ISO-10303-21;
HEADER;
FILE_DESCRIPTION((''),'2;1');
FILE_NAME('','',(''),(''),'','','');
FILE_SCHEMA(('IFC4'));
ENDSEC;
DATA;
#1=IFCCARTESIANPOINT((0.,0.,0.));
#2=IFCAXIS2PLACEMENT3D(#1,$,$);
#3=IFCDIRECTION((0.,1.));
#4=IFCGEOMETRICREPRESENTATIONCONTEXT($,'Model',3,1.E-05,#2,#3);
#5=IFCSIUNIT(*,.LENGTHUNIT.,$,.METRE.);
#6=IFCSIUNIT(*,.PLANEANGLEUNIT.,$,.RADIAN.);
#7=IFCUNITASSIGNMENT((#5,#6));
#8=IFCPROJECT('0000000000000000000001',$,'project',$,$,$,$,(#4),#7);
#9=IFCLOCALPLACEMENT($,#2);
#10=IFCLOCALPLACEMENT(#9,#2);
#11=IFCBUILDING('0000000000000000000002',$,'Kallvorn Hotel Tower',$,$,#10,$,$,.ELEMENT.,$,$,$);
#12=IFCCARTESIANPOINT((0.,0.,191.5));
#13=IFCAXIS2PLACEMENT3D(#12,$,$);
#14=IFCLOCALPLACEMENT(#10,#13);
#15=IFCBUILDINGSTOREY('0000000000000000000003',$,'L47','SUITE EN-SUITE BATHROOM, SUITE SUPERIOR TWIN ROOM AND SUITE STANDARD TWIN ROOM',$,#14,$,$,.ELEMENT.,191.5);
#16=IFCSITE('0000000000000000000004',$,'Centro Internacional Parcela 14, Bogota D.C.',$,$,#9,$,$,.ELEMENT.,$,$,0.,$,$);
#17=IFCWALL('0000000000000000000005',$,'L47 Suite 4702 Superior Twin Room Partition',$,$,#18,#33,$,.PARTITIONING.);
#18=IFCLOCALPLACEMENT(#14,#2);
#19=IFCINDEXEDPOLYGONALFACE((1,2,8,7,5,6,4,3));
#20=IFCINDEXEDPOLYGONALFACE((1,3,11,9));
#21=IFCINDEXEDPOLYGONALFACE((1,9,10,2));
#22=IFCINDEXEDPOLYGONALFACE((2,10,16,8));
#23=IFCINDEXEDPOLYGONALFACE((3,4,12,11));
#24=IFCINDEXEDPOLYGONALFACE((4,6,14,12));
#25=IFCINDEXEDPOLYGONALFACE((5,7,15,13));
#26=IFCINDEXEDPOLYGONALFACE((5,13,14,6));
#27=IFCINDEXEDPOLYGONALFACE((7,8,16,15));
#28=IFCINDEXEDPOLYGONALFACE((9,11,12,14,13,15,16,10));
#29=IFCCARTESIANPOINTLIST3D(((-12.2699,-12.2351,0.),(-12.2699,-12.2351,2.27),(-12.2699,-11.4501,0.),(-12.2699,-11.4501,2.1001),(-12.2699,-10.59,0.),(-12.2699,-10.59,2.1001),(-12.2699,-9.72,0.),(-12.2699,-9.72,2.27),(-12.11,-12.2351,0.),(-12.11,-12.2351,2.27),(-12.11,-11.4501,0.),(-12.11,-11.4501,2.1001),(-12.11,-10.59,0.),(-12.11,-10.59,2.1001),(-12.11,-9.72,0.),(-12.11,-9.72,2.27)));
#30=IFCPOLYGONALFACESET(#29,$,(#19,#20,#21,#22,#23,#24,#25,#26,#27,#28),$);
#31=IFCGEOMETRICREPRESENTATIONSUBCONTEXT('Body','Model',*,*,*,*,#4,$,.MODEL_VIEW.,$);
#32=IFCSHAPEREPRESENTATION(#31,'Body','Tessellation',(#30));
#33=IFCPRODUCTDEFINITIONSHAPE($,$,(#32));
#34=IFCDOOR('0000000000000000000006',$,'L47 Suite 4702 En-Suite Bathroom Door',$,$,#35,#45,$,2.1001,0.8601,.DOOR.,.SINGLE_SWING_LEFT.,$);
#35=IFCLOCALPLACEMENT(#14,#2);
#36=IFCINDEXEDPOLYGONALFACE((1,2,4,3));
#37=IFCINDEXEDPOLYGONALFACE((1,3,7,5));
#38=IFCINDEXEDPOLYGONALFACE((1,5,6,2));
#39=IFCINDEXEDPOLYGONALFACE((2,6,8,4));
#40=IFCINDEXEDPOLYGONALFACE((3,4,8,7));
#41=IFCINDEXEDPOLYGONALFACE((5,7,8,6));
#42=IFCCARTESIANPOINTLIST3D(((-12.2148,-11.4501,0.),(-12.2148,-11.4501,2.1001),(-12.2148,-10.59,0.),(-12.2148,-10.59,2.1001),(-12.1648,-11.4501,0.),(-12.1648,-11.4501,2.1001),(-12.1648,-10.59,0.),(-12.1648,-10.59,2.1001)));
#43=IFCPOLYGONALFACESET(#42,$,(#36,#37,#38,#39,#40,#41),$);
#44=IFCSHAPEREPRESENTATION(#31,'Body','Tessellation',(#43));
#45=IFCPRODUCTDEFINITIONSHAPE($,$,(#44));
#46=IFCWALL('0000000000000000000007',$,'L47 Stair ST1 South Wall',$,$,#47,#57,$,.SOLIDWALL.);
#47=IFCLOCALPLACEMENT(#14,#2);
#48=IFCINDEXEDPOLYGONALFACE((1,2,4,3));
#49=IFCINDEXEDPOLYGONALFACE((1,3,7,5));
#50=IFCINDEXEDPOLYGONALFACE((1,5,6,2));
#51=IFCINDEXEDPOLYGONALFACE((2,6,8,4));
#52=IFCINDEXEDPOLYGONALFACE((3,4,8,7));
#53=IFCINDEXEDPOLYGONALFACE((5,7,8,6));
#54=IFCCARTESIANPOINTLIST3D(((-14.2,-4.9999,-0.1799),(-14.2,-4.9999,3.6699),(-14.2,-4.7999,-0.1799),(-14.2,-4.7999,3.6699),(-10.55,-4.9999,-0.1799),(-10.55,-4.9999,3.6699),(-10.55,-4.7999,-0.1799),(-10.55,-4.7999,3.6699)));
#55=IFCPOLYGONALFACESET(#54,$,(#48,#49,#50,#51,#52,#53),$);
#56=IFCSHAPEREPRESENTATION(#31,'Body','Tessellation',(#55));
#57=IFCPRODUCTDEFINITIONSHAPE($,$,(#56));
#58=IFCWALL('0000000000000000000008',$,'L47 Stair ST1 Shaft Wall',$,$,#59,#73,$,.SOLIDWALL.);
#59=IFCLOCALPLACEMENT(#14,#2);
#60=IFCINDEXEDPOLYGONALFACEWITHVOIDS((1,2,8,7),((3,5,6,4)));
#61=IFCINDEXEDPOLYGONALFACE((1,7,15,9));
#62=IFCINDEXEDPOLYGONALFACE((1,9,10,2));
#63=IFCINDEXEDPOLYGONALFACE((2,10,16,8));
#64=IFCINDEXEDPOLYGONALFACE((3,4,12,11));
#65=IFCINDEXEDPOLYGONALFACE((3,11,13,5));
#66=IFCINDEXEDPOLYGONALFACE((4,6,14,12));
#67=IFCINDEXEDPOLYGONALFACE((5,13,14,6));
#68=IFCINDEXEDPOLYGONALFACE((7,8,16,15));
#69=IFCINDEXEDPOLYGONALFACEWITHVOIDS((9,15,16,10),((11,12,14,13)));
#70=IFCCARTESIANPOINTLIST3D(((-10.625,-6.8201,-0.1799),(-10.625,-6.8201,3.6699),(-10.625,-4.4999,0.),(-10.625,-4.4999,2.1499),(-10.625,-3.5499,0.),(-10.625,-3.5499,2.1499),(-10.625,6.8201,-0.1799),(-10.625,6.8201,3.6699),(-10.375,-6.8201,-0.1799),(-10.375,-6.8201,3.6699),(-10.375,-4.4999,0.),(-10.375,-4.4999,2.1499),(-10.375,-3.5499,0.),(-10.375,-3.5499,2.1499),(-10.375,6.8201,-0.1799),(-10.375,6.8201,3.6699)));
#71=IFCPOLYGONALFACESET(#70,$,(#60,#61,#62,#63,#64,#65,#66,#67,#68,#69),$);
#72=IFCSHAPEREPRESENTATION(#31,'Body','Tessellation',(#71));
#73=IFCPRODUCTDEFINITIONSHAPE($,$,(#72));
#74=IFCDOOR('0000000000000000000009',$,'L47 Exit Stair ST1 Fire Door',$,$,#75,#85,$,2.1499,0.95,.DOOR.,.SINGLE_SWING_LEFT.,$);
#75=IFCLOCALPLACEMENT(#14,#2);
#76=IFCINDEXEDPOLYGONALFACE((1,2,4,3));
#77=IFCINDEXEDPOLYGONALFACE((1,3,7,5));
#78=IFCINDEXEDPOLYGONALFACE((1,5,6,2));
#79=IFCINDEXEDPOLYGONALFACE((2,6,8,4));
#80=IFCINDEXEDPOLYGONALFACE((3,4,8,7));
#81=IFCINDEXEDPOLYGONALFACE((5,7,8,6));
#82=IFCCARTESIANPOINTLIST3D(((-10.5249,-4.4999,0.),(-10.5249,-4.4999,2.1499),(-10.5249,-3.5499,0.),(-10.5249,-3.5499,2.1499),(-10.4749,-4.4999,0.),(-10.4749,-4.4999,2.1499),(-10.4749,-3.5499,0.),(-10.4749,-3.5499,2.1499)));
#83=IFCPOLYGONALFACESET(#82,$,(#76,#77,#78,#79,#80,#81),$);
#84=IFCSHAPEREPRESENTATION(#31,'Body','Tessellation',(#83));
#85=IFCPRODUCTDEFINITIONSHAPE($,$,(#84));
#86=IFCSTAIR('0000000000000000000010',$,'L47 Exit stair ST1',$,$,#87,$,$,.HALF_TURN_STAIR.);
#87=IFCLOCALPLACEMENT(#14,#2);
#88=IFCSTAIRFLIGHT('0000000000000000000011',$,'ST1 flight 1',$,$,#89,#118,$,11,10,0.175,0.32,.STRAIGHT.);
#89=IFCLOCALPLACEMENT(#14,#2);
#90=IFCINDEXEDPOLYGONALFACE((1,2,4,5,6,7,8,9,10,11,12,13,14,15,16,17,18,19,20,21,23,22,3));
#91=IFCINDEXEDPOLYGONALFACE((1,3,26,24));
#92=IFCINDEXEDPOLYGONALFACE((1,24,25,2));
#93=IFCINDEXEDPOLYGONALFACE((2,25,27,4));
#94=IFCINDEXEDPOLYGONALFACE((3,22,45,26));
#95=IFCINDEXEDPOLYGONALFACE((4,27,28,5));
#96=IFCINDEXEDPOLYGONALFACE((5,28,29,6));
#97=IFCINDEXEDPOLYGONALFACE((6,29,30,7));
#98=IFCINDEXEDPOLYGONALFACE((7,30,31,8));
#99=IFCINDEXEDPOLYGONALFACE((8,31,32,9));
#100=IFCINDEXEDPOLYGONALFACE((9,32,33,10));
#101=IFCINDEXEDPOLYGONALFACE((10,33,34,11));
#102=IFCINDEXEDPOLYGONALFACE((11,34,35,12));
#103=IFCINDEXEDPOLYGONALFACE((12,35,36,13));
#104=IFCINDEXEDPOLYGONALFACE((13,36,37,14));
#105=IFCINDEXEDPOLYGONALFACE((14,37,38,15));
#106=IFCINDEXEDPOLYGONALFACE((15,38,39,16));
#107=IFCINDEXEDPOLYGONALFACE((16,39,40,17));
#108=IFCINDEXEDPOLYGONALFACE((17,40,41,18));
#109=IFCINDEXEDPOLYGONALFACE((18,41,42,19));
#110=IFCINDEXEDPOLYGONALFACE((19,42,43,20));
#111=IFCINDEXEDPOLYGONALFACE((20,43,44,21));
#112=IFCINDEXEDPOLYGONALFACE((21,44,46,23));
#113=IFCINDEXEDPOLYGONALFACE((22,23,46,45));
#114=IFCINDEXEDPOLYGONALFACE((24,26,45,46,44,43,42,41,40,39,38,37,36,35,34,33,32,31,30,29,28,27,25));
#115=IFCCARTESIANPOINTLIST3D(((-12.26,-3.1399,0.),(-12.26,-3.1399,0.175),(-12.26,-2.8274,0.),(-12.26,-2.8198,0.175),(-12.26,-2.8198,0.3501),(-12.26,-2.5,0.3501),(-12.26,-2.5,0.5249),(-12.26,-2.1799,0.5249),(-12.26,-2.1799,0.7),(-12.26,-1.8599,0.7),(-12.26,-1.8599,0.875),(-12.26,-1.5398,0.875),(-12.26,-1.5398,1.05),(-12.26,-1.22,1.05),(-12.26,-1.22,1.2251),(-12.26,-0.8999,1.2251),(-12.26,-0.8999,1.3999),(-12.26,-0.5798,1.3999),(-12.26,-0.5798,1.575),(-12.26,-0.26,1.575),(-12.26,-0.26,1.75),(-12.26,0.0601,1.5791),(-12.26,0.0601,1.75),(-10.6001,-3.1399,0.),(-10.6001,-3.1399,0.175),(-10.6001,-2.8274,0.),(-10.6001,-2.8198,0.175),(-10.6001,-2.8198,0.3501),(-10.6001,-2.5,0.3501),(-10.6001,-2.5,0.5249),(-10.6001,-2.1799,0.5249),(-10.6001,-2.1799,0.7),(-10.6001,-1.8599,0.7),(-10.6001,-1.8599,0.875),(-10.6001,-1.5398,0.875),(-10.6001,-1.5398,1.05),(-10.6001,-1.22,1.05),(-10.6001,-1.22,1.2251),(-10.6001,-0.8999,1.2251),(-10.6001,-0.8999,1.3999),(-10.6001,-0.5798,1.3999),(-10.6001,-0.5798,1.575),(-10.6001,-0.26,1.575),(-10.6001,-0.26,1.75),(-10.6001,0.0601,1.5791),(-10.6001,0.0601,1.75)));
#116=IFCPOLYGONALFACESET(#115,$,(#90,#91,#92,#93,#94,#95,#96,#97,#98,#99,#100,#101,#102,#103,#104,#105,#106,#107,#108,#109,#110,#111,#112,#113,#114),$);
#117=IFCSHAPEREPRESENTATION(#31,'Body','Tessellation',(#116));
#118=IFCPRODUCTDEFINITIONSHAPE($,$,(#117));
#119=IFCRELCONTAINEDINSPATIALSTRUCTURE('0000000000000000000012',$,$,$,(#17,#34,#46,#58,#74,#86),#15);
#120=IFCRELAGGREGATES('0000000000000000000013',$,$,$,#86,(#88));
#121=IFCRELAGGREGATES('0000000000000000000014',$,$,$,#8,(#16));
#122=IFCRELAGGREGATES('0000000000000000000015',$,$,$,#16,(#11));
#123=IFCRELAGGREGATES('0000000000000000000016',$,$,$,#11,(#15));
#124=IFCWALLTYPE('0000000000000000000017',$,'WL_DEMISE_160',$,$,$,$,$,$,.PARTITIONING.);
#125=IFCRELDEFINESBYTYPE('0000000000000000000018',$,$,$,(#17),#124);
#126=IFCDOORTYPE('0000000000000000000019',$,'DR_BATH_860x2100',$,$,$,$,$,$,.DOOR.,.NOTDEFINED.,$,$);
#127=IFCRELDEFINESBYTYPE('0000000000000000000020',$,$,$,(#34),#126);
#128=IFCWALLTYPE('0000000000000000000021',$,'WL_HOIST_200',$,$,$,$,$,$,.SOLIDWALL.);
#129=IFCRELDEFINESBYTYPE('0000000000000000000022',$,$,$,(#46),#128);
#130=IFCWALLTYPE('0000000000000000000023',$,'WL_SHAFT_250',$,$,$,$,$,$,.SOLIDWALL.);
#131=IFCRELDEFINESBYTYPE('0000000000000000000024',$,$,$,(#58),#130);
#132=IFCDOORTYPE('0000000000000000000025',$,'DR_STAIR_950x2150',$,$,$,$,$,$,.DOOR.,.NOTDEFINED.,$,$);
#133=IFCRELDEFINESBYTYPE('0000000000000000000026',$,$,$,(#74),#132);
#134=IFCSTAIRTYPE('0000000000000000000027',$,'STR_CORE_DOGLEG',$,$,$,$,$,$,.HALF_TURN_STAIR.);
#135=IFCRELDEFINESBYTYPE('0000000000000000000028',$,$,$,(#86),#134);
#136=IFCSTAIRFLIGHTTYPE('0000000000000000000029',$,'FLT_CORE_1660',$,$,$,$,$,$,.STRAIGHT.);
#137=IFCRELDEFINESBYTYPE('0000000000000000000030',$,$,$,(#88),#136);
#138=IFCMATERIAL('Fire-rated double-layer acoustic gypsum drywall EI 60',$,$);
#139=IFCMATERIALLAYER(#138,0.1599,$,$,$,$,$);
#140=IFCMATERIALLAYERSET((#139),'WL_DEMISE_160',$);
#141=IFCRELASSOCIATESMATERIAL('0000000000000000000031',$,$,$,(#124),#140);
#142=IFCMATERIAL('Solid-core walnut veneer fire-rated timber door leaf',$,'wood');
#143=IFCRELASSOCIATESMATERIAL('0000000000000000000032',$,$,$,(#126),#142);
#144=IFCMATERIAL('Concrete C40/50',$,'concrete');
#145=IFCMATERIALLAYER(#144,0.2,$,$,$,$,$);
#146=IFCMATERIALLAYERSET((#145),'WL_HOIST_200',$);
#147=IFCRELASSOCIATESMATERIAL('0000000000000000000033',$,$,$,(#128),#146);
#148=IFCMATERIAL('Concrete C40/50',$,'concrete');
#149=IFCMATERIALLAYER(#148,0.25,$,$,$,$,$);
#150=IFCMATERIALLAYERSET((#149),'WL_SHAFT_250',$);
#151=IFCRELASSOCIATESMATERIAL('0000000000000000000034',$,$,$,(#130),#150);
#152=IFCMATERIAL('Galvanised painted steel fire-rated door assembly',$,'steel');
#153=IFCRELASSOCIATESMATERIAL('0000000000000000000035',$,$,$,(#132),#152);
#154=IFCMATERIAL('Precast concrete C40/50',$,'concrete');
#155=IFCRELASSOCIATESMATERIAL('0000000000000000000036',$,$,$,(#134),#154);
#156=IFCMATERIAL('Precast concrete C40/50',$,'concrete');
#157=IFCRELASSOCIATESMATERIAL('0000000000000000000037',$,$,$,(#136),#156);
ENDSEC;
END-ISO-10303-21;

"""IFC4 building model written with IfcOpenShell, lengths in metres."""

from ifc_helpers import new_model, si_unit, direction, frame, frame_2d, origin, place, context, subcontext, project, spatial, polyline, rectangle, outline, extrude, material, layer, layer_set, type_object, element, fill, aggregate, save


model = new_model("IFC4")

# Units and contexts
model_context = context("Model", 3, precision=1e-05, world=origin(), true_north=direction((0.0, 1.0)))
body_context = subcontext(model_context, "Body", "Model", "MODEL_VIEW")
ifc_project = project(units=[si_unit("LENGTHUNIT", "METRE"), si_unit("PLANEANGLEUNIT", "RADIAN")], contexts=[model_context])

# Site, building, storey
site_placement = place(None, origin())
site = spatial("IfcSite", under=ifc_project, at=site_placement, Name="Centro Internacional Parcela 14, Bogota D.C.", CompositionType="ELEMENT", RefElevation=0.0)
building_placement = place(site_placement, origin())
building = spatial("IfcBuilding", under=site, at=building_placement, Name="Kallvorn Hotel Tower", CompositionType="ELEMENT")
storey_placement = place(building_placement, frame((0.0, 0.0, 191.5)))
storey = spatial("IfcBuildingStorey", under=building, at=storey_placement, Name="L47", Description="SUITE EN-SUITE BATHROOM, SUITE SUPERIOR TWIN ROOM AND SUITE STANDARD TWIN ROOM", CompositionType="ELEMENT", Elevation=191.5)

# Wall, opening, door
ifc_material_1 = material(Name="Fire-rated double-layer acoustic gypsum drywall EI 60")
ifc_layer_1 = layer(ifc_material_1, 0.1599)
ifc_layer_set_1 = layer_set([ifc_layer_1], Name="WL_DEMISE_160")
wall_type_1 = type_object("IfcWallType", Name="WL_DEMISE_160", PredefinedType="PARTITIONING", material=ifc_layer_set_1)
wall_1_placement = place(storey_placement, frame((-12.1899, -12.2351, 0.0), z_axis=(0.0, 0.0, 1.0), x_axis=(0.0, 1.0, 0.0)))
wall_1 = element("IfcWall", 1, at=wall_1_placement, inside=storey, type_object=wall_type_1, Name="L47 Suite 4702 Superior Twin Room Partition", PredefinedType="PARTITIONING", context=body_context, shape_type="SweptSolid", body=[
    extrude(rectangle(XDim=2.5151, YDim=0.1599, at=frame_2d((1.2576, 0.0))), origin(), (0.0, 0.0, 1.0), 2.27),
])
opening_1_placement = place(wall_1_placement, frame((0.7849, 0.0, 0.0)))
opening_1 = element("IfcOpeningElement", 2, at=opening_1_placement, cuts=wall_1, PredefinedType="OPENING", context=body_context, shape_type="SweptSolid", body=[
    extrude(rectangle(XDim=0.8601, YDim=2.1001, at=frame_2d((0.4302, 1.05))), frame((0.0, 0.095, 0.0), z_axis=(0.0, -1.0, 0.0), x_axis=(1.0, 0.0, 0.0)), (0.0, 0.0, 1.0), 0.1899),
])
ifc_material_2 = material(Name="Solid-core walnut veneer fire-rated timber door leaf", Category="wood")
door_type_1 = type_object("IfcDoorType", Name="DR_BATH_860x2100", OperationType="NOTDEFINED", PredefinedType="DOOR", material=ifc_material_2)
door_1_placement = place(opening_1_placement, origin())
door_1 = element("IfcDoor", 3, at=door_1_placement, inside=storey, type_object=door_type_1, Name="L47 Suite 4702 En-Suite Bathroom Door", OperationType="SINGLE_SWING_LEFT", OverallHeight=2.1001, OverallWidth=0.8601, PredefinedType="DOOR", context=body_context, shape_type="SweptSolid", body=[
    extrude(rectangle(XDim=0.8601, YDim=2.1001, at=frame_2d((0.4302, 1.05))), frame((0.0, 0.0249, 0.0), z_axis=(0.0, -1.0, 0.0), x_axis=(1.0, 0.0, 0.0)), (0.0, 0.0, 1.0), 0.05),
])
fill(opening_1, door_1)

# Wall
ifc_material_3 = material(Name="Concrete C40/50", Category="concrete")
ifc_layer_2 = layer(ifc_material_3, 0.2)
ifc_layer_set_2 = layer_set([ifc_layer_2], Name="WL_HOIST_200")
wall_type_2 = type_object("IfcWallType", Name="WL_HOIST_200", PredefinedType="SOLIDWALL", material=ifc_layer_set_2)
wall_2_placement = place(storey_placement, frame((-14.2, -4.8999, -0.1799), z_axis=(0.0, 0.0, 1.0), x_axis=(1.0, 0.0, 0.0)))
element("IfcWall", 4, at=wall_2_placement, inside=storey, type_object=wall_type_2, Name="L47 Stair ST1 South Wall", PredefinedType="SOLIDWALL", context=body_context, shape_type="SweptSolid", body=[
    extrude(rectangle(XDim=3.6499, YDim=0.2, at=frame_2d((1.825, 0.0))), origin(), (0.0, 0.0, 1.0), 3.8499),
])

# Wall, opening, door
ifc_material_4 = material(Name="Concrete C40/50", Category="concrete")
ifc_layer_3 = layer(ifc_material_4, 0.25)
ifc_layer_set_3 = layer_set([ifc_layer_3], Name="WL_SHAFT_250")
wall_type_3 = type_object("IfcWallType", Name="WL_SHAFT_250", PredefinedType="SOLIDWALL", material=ifc_layer_set_3)
wall_3_placement = place(storey_placement, frame((-10.5, -6.8201, -0.1799), z_axis=(0.0, 0.0, 1.0), x_axis=(0.0, 1.0, 0.0)))
wall_3 = element("IfcWall", 5, at=wall_3_placement, inside=storey, type_object=wall_type_3, Name="L47 Stair ST1 Shaft Wall", PredefinedType="SOLIDWALL", context=body_context, shape_type="SweptSolid", body=[
    extrude(rectangle(XDim=13.6401, YDim=0.25, at=frame_2d((6.8201, 0.0))), origin(), (0.0, 0.0, 1.0), 3.8499),
])
opening_2_placement = place(wall_3_placement, frame((2.3201, 0.0, 0.1799)))
opening_2 = element("IfcOpeningElement", 6, at=opening_2_placement, cuts=wall_3, PredefinedType="OPENING", context=body_context, shape_type="SweptSolid", body=[
    extrude(rectangle(XDim=0.95, YDim=2.1499, at=frame_2d((0.4751, 1.075))), frame((0.0, 0.1399, 0.0), z_axis=(0.0, -1.0, 0.0), x_axis=(1.0, 0.0, 0.0)), (0.0, 0.0, 1.0), 0.28),
])
ifc_material_5 = material(Name="Galvanised painted steel fire-rated door assembly", Category="steel")
door_type_2 = type_object("IfcDoorType", Name="DR_STAIR_950x2150", OperationType="NOTDEFINED", PredefinedType="DOOR", material=ifc_material_5)
door_2_placement = place(opening_2_placement, origin())
door_2 = element("IfcDoor", 7, at=door_2_placement, inside=storey, type_object=door_type_2, Name="L47 Exit Stair ST1 Fire Door", OperationType="SINGLE_SWING_LEFT", OverallHeight=2.1499, OverallWidth=0.95, PredefinedType="DOOR", context=body_context, shape_type="SweptSolid", body=[
    extrude(rectangle(XDim=0.95, YDim=2.1499, at=frame_2d((0.4751, 1.075))), frame((0.0, 0.0249, 0.0), z_axis=(0.0, -1.0, 0.0), x_axis=(1.0, 0.0, 0.0)), (0.0, 0.0, 1.0), 0.05),
])
fill(opening_2, door_2)

# Stair, stair flight
ifc_material_6 = material(Name="Precast concrete C40/50", Category="concrete")
stair_type = type_object("IfcStairType", Name="STR_CORE_DOGLEG", PredefinedType="HALF_TURN_STAIR", material=ifc_material_6)
stair_placement = place(storey_placement, origin())
stair = element("IfcStair", 8, at=stair_placement, inside=storey, type_object=stair_type, Name="L47 Exit stair ST1", PredefinedType="HALF_TURN_STAIR")
ifc_material_7 = material(Name="Precast concrete C40/50", Category="concrete")
stair_flight_type = type_object("IfcStairFlightType", Name="FLT_CORE_1660", PredefinedType="STRAIGHT", material=ifc_material_7)
stair_flight_placement = place(storey_placement, frame((-11.4299, -3.1399, 0.0), z_axis=(0.0, 0.0, 1.0), x_axis=(0.0, 1.0, 0.0)))
stair_flight = element("IfcStairFlight", 9, at=stair_flight_placement, type_object=stair_flight_type, Name="ST1 flight 1", NumberOfRisers=11, NumberOfTreads=10, PredefinedType="STRAIGHT", RiserHeight=0.175, TreadLength=0.32, context=body_context, shape_type="SweptSolid", body=[
    extrude(outline(polyline([(0.0, 0.0), (0.0, 0.175), (0.3201, 0.175), (0.3201, 0.3501), (0.6399, 0.3501), (0.6399, 0.5249), (0.96, 0.5249), (0.96, 0.7), (1.28, 0.7), (1.28, 0.875), (1.6001, 0.875), (1.6001, 1.05), (1.9199, 1.05), (1.9199, 1.2251), (2.24, 1.2251), (2.24, 1.3999), (2.5601, 1.3999), (2.5601, 1.575), (2.8799, 1.575), (2.8799, 1.75), (3.2, 1.75), (3.2, 1.925), (3.2, 1.5791), (0.3125, 0.0), (0.0, 0.0)])), frame((0.0, 0.8301, 0.0), z_axis=(0.0, -1.0, 0.0), x_axis=(1.0, 0.0, 0.0)), (0.0, 0.0, 1.0), 1.6599),
])
aggregate(stair, [stair_flight])

save(model, "model.ifc")
